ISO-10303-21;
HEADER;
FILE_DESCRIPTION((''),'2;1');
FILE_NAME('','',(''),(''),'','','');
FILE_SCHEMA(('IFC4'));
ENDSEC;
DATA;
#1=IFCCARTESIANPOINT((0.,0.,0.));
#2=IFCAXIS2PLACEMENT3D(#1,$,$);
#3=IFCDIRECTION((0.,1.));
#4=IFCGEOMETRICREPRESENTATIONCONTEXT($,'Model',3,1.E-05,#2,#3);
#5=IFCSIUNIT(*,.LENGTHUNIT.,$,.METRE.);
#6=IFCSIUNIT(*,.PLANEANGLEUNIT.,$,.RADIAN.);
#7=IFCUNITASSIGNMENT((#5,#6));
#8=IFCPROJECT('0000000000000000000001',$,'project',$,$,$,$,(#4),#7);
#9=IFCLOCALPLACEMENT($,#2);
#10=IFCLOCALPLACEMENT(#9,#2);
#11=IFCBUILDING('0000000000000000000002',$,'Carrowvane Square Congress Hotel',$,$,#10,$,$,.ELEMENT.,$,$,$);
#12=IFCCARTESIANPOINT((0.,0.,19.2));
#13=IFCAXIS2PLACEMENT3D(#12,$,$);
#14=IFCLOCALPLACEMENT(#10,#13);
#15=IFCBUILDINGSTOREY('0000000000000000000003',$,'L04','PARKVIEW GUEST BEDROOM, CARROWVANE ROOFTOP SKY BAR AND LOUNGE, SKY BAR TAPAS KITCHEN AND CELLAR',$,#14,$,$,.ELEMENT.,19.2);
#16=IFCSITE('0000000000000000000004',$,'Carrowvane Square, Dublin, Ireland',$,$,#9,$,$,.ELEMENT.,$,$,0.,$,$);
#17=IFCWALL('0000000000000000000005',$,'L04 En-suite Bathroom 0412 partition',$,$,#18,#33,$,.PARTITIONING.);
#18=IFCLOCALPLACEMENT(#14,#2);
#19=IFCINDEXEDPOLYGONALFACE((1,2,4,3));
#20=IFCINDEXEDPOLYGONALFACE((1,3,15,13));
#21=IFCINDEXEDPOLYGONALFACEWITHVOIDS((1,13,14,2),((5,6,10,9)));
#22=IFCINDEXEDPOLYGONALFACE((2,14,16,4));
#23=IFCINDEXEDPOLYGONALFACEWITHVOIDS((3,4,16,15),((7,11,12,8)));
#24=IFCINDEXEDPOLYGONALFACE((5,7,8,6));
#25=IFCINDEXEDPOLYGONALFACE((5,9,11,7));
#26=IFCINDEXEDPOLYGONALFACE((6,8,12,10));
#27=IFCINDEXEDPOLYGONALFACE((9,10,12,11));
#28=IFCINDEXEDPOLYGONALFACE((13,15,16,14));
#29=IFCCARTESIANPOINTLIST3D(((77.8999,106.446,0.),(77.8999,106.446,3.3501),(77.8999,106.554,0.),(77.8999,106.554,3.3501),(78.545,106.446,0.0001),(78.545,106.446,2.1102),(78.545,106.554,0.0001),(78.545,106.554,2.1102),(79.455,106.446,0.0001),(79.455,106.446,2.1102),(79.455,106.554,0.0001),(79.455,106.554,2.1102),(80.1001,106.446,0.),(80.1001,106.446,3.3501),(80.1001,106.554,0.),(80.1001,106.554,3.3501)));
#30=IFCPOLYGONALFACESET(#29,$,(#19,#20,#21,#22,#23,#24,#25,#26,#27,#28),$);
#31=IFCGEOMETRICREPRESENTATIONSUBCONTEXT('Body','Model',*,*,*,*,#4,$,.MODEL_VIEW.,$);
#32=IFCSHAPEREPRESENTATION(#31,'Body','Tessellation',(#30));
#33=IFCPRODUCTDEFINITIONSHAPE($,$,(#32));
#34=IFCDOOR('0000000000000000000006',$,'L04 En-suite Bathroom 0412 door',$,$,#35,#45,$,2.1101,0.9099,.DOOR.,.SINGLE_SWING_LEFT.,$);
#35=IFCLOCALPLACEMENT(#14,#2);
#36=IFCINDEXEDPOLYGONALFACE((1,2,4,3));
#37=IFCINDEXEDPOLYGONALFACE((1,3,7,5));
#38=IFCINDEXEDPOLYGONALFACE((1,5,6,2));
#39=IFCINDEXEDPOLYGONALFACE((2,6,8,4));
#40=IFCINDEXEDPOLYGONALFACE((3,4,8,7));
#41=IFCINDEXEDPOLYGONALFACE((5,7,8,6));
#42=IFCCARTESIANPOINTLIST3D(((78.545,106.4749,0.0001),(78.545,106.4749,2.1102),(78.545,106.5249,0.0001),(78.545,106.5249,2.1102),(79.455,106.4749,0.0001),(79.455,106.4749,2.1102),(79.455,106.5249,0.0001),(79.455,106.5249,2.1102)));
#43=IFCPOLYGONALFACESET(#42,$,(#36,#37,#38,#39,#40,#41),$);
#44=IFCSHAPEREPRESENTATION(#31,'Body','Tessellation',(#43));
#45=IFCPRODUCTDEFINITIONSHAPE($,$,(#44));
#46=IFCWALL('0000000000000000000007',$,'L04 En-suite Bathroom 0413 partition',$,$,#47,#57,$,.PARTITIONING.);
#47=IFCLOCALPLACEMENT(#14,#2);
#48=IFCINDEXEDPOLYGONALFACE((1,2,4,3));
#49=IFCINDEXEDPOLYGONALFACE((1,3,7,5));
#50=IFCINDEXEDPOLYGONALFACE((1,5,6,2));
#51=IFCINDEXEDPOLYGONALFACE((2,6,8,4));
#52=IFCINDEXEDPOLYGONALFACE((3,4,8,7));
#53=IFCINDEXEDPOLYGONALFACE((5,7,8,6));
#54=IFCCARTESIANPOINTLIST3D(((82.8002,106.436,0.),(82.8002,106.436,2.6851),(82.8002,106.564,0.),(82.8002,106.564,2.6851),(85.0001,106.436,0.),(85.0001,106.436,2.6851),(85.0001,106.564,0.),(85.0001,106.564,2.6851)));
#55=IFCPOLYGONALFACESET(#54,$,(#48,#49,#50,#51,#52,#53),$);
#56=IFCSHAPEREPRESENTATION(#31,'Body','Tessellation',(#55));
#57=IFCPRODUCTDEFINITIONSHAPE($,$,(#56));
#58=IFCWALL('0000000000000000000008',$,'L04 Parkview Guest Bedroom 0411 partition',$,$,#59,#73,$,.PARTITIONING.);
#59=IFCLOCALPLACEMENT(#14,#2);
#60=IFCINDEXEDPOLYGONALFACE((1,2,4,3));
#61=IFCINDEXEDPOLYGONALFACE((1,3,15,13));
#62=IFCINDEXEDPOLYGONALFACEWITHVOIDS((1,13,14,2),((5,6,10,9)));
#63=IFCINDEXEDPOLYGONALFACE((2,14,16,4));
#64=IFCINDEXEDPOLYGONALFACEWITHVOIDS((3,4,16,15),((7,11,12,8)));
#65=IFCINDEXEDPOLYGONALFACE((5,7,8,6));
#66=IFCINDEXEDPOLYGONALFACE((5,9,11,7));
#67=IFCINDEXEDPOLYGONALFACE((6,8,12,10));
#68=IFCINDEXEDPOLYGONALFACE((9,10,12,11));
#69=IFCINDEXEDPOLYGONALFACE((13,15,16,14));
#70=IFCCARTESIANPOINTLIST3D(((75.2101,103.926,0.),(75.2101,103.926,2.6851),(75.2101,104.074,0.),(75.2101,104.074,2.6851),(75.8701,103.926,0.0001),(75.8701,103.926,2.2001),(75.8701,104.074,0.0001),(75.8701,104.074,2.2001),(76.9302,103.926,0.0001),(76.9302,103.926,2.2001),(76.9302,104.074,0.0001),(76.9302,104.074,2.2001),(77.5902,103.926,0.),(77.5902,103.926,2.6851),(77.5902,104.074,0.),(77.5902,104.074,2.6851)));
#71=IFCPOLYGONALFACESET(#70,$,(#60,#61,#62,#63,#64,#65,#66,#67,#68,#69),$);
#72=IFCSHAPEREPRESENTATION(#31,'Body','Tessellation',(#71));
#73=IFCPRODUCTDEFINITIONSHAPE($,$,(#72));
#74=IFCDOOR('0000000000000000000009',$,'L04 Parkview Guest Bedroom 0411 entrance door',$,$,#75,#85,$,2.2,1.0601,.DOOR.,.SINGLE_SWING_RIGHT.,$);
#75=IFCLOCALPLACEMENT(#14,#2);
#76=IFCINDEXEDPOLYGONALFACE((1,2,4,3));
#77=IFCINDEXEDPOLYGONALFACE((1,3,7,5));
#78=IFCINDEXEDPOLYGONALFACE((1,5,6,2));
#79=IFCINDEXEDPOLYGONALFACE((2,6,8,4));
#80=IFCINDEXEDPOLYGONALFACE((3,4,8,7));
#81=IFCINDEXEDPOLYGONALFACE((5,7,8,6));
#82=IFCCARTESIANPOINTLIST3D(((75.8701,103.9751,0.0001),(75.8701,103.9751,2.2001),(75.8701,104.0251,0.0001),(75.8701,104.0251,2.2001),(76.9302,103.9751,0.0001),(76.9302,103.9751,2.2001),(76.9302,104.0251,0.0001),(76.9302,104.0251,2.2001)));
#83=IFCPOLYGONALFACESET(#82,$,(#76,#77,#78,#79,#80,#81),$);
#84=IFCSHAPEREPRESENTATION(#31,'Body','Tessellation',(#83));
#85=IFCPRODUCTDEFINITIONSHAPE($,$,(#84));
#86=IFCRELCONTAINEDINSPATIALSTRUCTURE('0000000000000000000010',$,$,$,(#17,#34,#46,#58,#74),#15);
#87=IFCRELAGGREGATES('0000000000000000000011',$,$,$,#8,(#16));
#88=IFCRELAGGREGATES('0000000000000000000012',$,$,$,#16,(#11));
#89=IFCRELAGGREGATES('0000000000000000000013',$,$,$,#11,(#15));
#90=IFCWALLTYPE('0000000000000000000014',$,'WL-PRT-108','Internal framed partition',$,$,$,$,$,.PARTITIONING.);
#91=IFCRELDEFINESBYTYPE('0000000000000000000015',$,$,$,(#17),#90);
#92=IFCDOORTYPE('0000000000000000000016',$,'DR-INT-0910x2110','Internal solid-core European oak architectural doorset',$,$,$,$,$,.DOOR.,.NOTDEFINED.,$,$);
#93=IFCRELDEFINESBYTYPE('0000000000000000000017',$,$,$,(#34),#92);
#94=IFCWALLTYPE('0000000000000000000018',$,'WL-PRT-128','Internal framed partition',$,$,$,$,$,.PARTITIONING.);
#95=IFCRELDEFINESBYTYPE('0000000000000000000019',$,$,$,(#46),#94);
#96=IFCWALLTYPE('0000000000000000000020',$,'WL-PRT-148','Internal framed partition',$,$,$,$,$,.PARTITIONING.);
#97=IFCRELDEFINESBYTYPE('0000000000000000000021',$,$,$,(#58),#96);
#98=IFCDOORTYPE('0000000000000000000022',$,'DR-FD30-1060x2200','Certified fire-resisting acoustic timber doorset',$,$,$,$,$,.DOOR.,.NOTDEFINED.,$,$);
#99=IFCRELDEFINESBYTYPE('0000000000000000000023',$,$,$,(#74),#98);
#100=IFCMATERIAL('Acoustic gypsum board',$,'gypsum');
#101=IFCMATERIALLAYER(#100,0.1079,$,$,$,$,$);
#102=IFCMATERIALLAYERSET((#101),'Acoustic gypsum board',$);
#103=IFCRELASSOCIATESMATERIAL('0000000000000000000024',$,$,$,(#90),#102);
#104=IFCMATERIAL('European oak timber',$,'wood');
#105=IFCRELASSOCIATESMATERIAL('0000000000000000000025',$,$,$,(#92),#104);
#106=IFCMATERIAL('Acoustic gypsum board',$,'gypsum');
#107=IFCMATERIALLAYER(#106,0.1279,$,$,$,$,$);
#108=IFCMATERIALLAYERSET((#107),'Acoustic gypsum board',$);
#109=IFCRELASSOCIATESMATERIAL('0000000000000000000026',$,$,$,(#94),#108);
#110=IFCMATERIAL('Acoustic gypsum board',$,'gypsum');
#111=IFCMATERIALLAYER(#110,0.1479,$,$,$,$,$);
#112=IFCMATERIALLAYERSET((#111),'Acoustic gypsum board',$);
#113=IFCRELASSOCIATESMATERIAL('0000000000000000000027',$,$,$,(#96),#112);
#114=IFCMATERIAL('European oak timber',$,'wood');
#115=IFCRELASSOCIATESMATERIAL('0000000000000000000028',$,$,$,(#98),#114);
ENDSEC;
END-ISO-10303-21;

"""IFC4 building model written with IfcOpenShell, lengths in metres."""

from ifc_helpers import new_model, si_unit, direction, frame, frame_2d, origin, place, context, subcontext, project, spatial, rectangle, extrude, material, layer, layer_set, type_object, element, fill, save


model = new_model("IFC4")

# Units and contexts
model_context = context("Model", 3, precision=1e-05, world=origin(), true_north=direction((0.0, 1.0)))
body_context = subcontext(model_context, "Body", "Model", "MODEL_VIEW")
ifc_project = project(units=[si_unit("LENGTHUNIT", "METRE"), si_unit("PLANEANGLEUNIT", "RADIAN")], contexts=[model_context])

# Site, building, storey
site_placement = place(None, origin())
site = spatial("IfcSite", under=ifc_project, at=site_placement, Name="Carrowvane Square, Dublin, Ireland", CompositionType="ELEMENT", RefElevation=0.0)
building_placement = place(site_placement, origin())
building = spatial("IfcBuilding", under=site, at=building_placement, Name="Carrowvane Square Congress Hotel", CompositionType="ELEMENT")
storey_placement = place(building_placement, frame((0.0, 0.0, 19.2)))
storey = spatial("IfcBuildingStorey", under=building, at=storey_placement, Name="L04", Description="PARKVIEW GUEST BEDROOM, CARROWVANE ROOFTOP SKY BAR AND LOUNGE, SKY BAR TAPAS KITCHEN AND CELLAR", CompositionType="ELEMENT", Elevation=19.2)

# Wall, opening, door
ifc_material_1 = material(Name="Acoustic gypsum board", Category="gypsum")
ifc_layer_1 = layer(ifc_material_1, 0.1079)
ifc_layer_set_1 = layer_set([ifc_layer_1], Name="Acoustic gypsum board")
wall_type_1 = type_object("IfcWallType", Name="WL-PRT-108", Description="Internal framed partition", PredefinedType="PARTITIONING", material=ifc_layer_set_1)
wall_1_placement = place(storey_placement, frame((77.8999, 106.5, 0.0), z_axis=(0.0, 0.0, 1.0), x_axis=(1.0, 0.0, 0.0)))
wall_1 = element("IfcWall", 1, at=wall_1_placement, inside=storey, type_object=wall_type_1, Name="L04 En-suite Bathroom 0412 partition", PredefinedType="PARTITIONING", context=body_context, shape_type="SweptSolid", body=[
    extrude(rectangle(XDim=2.2002, YDim=0.1079, at=frame_2d((1.1001, 0.0))), origin(), (0.0, 0.0, 1.0), 3.3501),
])
opening_1_placement = place(wall_1_placement, frame((0.645, 0.0, 0.0)))
opening_1 = element("IfcOpeningElement", 2, at=opening_1_placement, cuts=wall_1, PredefinedType="OPENING", context=body_context, shape_type="SweptSolid", body=[
    extrude(rectangle(XDim=0.9099, YDim=2.1101, at=frame_2d((0.4551, 1.0552))), frame((0.0, 0.064, 0.0), z_axis=(0.0, -1.0, 0.0), x_axis=(1.0, 0.0, 0.0)), (0.0, 0.0, 1.0), 0.1279),
])
ifc_material_2 = material(Name="European oak timber", Category="wood")
door_type_1 = type_object("IfcDoorType", Name="DR-INT-0910x2110", Description="Internal solid-core European oak architectural doorset", OperationType="NOTDEFINED", PredefinedType="DOOR", material=ifc_material_2)
door_1_placement = place(opening_1_placement, origin())
door_1 = element("IfcDoor", 3, at=door_1_placement, inside=storey, type_object=door_type_1, Name="L04 En-suite Bathroom 0412 door", OperationType="SINGLE_SWING_LEFT", OverallHeight=2.1101, OverallWidth=0.9099, PredefinedType="DOOR", context=body_context, shape_type="SweptSolid", body=[
    extrude(rectangle(XDim=0.9099, YDim=2.1101, at=frame_2d((0.4551, 1.0552))), frame((0.0, 0.0249, 0.0), z_axis=(0.0, -1.0, 0.0), x_axis=(1.0, 0.0, 0.0)), (0.0, 0.0, 1.0), 0.05),
])
fill(opening_1, door_1)

# Wall
ifc_material_3 = material(Name="Acoustic gypsum board", Category="gypsum")
ifc_layer_2 = layer(ifc_material_3, 0.1279)
ifc_layer_set_2 = layer_set([ifc_layer_2], Name="Acoustic gypsum board")
wall_type_2 = type_object("IfcWallType", Name="WL-PRT-128", Description="Internal framed partition", PredefinedType="PARTITIONING", material=ifc_layer_set_2)
wall_2_placement = place(storey_placement, frame((82.8, 106.5, 0.0), z_axis=(0.0, 0.0, 1.0), x_axis=(1.0, 0.0, 0.0)))
element("IfcWall", 4, at=wall_2_placement, inside=storey, type_object=wall_type_2, Name="L04 En-suite Bathroom 0413 partition", PredefinedType="PARTITIONING", context=body_context, shape_type="SweptSolid", body=[
    extrude(rectangle(XDim=2.2, YDim=0.1279, at=frame_2d((1.1001, 0.0))), origin(), (0.0, 0.0, 1.0), 2.6851),
])

# Wall, opening, door
ifc_material_4 = material(Name="Acoustic gypsum board", Category="gypsum")
ifc_layer_3 = layer(ifc_material_4, 0.1479)
ifc_layer_set_3 = layer_set([ifc_layer_3], Name="Acoustic gypsum board")
wall_type_3 = type_object("IfcWallType", Name="WL-PRT-148", Description="Internal framed partition", PredefinedType="PARTITIONING", material=ifc_layer_set_3)
wall_3_placement = place(storey_placement, frame((77.5901, 104.0, 0.0), z_axis=(0.0, 0.0, 1.0), x_axis=(-1.0, 0.0, 0.0)))
wall_3 = element("IfcWall", 5, at=wall_3_placement, inside=storey, type_object=wall_type_3, Name="L04 Parkview Guest Bedroom 0411 partition", PredefinedType="PARTITIONING", context=body_context, shape_type="SweptSolid", body=[
    extrude(rectangle(XDim=2.3801, YDim=0.1479, at=frame_2d((1.1899, 0.0))), origin(), (0.0, 0.0, 1.0), 2.6851),
])
opening_2_placement = place(wall_3_placement, frame((0.6599, 0.0, 0.0)))
opening_2 = element("IfcOpeningElement", 6, at=opening_2_placement, cuts=wall_3, PredefinedType="OPENING", context=body_context, shape_type="SweptSolid", body=[
    extrude(rectangle(XDim=1.0601, YDim=2.2, at=frame_2d((0.53, 1.1001))), frame((0.0, 0.084, 0.0), z_axis=(0.0, -1.0, 0.0), x_axis=(1.0, 0.0, 0.0)), (0.0, 0.0, 1.0), 0.168),
])
ifc_material_5 = material(Name="European oak timber", Category="wood")
door_type_2 = type_object("IfcDoorType", Name="DR-FD30-1060x2200", Description="Certified fire-resisting acoustic timber doorset", OperationType="NOTDEFINED", PredefinedType="DOOR", material=ifc_material_5)
door_2_placement = place(opening_2_placement, origin())
door_2 = element("IfcDoor", 7, at=door_2_placement, inside=storey, type_object=door_type_2, Name="L04 Parkview Guest Bedroom 0411 entrance door", OperationType="SINGLE_SWING_RIGHT", OverallHeight=2.2, OverallWidth=1.0601, PredefinedType="DOOR", context=body_context, shape_type="SweptSolid", body=[
    extrude(rectangle(XDim=1.0601, YDim=2.2, at=frame_2d((0.53, 1.1001))), frame((0.0, 0.0249, 0.0), z_axis=(0.0, -1.0, 0.0), x_axis=(1.0, 0.0, 0.0)), (0.0, 0.0, 1.0), 0.05),
])
fill(opening_2, door_2)

save(model, "model.ifc")
